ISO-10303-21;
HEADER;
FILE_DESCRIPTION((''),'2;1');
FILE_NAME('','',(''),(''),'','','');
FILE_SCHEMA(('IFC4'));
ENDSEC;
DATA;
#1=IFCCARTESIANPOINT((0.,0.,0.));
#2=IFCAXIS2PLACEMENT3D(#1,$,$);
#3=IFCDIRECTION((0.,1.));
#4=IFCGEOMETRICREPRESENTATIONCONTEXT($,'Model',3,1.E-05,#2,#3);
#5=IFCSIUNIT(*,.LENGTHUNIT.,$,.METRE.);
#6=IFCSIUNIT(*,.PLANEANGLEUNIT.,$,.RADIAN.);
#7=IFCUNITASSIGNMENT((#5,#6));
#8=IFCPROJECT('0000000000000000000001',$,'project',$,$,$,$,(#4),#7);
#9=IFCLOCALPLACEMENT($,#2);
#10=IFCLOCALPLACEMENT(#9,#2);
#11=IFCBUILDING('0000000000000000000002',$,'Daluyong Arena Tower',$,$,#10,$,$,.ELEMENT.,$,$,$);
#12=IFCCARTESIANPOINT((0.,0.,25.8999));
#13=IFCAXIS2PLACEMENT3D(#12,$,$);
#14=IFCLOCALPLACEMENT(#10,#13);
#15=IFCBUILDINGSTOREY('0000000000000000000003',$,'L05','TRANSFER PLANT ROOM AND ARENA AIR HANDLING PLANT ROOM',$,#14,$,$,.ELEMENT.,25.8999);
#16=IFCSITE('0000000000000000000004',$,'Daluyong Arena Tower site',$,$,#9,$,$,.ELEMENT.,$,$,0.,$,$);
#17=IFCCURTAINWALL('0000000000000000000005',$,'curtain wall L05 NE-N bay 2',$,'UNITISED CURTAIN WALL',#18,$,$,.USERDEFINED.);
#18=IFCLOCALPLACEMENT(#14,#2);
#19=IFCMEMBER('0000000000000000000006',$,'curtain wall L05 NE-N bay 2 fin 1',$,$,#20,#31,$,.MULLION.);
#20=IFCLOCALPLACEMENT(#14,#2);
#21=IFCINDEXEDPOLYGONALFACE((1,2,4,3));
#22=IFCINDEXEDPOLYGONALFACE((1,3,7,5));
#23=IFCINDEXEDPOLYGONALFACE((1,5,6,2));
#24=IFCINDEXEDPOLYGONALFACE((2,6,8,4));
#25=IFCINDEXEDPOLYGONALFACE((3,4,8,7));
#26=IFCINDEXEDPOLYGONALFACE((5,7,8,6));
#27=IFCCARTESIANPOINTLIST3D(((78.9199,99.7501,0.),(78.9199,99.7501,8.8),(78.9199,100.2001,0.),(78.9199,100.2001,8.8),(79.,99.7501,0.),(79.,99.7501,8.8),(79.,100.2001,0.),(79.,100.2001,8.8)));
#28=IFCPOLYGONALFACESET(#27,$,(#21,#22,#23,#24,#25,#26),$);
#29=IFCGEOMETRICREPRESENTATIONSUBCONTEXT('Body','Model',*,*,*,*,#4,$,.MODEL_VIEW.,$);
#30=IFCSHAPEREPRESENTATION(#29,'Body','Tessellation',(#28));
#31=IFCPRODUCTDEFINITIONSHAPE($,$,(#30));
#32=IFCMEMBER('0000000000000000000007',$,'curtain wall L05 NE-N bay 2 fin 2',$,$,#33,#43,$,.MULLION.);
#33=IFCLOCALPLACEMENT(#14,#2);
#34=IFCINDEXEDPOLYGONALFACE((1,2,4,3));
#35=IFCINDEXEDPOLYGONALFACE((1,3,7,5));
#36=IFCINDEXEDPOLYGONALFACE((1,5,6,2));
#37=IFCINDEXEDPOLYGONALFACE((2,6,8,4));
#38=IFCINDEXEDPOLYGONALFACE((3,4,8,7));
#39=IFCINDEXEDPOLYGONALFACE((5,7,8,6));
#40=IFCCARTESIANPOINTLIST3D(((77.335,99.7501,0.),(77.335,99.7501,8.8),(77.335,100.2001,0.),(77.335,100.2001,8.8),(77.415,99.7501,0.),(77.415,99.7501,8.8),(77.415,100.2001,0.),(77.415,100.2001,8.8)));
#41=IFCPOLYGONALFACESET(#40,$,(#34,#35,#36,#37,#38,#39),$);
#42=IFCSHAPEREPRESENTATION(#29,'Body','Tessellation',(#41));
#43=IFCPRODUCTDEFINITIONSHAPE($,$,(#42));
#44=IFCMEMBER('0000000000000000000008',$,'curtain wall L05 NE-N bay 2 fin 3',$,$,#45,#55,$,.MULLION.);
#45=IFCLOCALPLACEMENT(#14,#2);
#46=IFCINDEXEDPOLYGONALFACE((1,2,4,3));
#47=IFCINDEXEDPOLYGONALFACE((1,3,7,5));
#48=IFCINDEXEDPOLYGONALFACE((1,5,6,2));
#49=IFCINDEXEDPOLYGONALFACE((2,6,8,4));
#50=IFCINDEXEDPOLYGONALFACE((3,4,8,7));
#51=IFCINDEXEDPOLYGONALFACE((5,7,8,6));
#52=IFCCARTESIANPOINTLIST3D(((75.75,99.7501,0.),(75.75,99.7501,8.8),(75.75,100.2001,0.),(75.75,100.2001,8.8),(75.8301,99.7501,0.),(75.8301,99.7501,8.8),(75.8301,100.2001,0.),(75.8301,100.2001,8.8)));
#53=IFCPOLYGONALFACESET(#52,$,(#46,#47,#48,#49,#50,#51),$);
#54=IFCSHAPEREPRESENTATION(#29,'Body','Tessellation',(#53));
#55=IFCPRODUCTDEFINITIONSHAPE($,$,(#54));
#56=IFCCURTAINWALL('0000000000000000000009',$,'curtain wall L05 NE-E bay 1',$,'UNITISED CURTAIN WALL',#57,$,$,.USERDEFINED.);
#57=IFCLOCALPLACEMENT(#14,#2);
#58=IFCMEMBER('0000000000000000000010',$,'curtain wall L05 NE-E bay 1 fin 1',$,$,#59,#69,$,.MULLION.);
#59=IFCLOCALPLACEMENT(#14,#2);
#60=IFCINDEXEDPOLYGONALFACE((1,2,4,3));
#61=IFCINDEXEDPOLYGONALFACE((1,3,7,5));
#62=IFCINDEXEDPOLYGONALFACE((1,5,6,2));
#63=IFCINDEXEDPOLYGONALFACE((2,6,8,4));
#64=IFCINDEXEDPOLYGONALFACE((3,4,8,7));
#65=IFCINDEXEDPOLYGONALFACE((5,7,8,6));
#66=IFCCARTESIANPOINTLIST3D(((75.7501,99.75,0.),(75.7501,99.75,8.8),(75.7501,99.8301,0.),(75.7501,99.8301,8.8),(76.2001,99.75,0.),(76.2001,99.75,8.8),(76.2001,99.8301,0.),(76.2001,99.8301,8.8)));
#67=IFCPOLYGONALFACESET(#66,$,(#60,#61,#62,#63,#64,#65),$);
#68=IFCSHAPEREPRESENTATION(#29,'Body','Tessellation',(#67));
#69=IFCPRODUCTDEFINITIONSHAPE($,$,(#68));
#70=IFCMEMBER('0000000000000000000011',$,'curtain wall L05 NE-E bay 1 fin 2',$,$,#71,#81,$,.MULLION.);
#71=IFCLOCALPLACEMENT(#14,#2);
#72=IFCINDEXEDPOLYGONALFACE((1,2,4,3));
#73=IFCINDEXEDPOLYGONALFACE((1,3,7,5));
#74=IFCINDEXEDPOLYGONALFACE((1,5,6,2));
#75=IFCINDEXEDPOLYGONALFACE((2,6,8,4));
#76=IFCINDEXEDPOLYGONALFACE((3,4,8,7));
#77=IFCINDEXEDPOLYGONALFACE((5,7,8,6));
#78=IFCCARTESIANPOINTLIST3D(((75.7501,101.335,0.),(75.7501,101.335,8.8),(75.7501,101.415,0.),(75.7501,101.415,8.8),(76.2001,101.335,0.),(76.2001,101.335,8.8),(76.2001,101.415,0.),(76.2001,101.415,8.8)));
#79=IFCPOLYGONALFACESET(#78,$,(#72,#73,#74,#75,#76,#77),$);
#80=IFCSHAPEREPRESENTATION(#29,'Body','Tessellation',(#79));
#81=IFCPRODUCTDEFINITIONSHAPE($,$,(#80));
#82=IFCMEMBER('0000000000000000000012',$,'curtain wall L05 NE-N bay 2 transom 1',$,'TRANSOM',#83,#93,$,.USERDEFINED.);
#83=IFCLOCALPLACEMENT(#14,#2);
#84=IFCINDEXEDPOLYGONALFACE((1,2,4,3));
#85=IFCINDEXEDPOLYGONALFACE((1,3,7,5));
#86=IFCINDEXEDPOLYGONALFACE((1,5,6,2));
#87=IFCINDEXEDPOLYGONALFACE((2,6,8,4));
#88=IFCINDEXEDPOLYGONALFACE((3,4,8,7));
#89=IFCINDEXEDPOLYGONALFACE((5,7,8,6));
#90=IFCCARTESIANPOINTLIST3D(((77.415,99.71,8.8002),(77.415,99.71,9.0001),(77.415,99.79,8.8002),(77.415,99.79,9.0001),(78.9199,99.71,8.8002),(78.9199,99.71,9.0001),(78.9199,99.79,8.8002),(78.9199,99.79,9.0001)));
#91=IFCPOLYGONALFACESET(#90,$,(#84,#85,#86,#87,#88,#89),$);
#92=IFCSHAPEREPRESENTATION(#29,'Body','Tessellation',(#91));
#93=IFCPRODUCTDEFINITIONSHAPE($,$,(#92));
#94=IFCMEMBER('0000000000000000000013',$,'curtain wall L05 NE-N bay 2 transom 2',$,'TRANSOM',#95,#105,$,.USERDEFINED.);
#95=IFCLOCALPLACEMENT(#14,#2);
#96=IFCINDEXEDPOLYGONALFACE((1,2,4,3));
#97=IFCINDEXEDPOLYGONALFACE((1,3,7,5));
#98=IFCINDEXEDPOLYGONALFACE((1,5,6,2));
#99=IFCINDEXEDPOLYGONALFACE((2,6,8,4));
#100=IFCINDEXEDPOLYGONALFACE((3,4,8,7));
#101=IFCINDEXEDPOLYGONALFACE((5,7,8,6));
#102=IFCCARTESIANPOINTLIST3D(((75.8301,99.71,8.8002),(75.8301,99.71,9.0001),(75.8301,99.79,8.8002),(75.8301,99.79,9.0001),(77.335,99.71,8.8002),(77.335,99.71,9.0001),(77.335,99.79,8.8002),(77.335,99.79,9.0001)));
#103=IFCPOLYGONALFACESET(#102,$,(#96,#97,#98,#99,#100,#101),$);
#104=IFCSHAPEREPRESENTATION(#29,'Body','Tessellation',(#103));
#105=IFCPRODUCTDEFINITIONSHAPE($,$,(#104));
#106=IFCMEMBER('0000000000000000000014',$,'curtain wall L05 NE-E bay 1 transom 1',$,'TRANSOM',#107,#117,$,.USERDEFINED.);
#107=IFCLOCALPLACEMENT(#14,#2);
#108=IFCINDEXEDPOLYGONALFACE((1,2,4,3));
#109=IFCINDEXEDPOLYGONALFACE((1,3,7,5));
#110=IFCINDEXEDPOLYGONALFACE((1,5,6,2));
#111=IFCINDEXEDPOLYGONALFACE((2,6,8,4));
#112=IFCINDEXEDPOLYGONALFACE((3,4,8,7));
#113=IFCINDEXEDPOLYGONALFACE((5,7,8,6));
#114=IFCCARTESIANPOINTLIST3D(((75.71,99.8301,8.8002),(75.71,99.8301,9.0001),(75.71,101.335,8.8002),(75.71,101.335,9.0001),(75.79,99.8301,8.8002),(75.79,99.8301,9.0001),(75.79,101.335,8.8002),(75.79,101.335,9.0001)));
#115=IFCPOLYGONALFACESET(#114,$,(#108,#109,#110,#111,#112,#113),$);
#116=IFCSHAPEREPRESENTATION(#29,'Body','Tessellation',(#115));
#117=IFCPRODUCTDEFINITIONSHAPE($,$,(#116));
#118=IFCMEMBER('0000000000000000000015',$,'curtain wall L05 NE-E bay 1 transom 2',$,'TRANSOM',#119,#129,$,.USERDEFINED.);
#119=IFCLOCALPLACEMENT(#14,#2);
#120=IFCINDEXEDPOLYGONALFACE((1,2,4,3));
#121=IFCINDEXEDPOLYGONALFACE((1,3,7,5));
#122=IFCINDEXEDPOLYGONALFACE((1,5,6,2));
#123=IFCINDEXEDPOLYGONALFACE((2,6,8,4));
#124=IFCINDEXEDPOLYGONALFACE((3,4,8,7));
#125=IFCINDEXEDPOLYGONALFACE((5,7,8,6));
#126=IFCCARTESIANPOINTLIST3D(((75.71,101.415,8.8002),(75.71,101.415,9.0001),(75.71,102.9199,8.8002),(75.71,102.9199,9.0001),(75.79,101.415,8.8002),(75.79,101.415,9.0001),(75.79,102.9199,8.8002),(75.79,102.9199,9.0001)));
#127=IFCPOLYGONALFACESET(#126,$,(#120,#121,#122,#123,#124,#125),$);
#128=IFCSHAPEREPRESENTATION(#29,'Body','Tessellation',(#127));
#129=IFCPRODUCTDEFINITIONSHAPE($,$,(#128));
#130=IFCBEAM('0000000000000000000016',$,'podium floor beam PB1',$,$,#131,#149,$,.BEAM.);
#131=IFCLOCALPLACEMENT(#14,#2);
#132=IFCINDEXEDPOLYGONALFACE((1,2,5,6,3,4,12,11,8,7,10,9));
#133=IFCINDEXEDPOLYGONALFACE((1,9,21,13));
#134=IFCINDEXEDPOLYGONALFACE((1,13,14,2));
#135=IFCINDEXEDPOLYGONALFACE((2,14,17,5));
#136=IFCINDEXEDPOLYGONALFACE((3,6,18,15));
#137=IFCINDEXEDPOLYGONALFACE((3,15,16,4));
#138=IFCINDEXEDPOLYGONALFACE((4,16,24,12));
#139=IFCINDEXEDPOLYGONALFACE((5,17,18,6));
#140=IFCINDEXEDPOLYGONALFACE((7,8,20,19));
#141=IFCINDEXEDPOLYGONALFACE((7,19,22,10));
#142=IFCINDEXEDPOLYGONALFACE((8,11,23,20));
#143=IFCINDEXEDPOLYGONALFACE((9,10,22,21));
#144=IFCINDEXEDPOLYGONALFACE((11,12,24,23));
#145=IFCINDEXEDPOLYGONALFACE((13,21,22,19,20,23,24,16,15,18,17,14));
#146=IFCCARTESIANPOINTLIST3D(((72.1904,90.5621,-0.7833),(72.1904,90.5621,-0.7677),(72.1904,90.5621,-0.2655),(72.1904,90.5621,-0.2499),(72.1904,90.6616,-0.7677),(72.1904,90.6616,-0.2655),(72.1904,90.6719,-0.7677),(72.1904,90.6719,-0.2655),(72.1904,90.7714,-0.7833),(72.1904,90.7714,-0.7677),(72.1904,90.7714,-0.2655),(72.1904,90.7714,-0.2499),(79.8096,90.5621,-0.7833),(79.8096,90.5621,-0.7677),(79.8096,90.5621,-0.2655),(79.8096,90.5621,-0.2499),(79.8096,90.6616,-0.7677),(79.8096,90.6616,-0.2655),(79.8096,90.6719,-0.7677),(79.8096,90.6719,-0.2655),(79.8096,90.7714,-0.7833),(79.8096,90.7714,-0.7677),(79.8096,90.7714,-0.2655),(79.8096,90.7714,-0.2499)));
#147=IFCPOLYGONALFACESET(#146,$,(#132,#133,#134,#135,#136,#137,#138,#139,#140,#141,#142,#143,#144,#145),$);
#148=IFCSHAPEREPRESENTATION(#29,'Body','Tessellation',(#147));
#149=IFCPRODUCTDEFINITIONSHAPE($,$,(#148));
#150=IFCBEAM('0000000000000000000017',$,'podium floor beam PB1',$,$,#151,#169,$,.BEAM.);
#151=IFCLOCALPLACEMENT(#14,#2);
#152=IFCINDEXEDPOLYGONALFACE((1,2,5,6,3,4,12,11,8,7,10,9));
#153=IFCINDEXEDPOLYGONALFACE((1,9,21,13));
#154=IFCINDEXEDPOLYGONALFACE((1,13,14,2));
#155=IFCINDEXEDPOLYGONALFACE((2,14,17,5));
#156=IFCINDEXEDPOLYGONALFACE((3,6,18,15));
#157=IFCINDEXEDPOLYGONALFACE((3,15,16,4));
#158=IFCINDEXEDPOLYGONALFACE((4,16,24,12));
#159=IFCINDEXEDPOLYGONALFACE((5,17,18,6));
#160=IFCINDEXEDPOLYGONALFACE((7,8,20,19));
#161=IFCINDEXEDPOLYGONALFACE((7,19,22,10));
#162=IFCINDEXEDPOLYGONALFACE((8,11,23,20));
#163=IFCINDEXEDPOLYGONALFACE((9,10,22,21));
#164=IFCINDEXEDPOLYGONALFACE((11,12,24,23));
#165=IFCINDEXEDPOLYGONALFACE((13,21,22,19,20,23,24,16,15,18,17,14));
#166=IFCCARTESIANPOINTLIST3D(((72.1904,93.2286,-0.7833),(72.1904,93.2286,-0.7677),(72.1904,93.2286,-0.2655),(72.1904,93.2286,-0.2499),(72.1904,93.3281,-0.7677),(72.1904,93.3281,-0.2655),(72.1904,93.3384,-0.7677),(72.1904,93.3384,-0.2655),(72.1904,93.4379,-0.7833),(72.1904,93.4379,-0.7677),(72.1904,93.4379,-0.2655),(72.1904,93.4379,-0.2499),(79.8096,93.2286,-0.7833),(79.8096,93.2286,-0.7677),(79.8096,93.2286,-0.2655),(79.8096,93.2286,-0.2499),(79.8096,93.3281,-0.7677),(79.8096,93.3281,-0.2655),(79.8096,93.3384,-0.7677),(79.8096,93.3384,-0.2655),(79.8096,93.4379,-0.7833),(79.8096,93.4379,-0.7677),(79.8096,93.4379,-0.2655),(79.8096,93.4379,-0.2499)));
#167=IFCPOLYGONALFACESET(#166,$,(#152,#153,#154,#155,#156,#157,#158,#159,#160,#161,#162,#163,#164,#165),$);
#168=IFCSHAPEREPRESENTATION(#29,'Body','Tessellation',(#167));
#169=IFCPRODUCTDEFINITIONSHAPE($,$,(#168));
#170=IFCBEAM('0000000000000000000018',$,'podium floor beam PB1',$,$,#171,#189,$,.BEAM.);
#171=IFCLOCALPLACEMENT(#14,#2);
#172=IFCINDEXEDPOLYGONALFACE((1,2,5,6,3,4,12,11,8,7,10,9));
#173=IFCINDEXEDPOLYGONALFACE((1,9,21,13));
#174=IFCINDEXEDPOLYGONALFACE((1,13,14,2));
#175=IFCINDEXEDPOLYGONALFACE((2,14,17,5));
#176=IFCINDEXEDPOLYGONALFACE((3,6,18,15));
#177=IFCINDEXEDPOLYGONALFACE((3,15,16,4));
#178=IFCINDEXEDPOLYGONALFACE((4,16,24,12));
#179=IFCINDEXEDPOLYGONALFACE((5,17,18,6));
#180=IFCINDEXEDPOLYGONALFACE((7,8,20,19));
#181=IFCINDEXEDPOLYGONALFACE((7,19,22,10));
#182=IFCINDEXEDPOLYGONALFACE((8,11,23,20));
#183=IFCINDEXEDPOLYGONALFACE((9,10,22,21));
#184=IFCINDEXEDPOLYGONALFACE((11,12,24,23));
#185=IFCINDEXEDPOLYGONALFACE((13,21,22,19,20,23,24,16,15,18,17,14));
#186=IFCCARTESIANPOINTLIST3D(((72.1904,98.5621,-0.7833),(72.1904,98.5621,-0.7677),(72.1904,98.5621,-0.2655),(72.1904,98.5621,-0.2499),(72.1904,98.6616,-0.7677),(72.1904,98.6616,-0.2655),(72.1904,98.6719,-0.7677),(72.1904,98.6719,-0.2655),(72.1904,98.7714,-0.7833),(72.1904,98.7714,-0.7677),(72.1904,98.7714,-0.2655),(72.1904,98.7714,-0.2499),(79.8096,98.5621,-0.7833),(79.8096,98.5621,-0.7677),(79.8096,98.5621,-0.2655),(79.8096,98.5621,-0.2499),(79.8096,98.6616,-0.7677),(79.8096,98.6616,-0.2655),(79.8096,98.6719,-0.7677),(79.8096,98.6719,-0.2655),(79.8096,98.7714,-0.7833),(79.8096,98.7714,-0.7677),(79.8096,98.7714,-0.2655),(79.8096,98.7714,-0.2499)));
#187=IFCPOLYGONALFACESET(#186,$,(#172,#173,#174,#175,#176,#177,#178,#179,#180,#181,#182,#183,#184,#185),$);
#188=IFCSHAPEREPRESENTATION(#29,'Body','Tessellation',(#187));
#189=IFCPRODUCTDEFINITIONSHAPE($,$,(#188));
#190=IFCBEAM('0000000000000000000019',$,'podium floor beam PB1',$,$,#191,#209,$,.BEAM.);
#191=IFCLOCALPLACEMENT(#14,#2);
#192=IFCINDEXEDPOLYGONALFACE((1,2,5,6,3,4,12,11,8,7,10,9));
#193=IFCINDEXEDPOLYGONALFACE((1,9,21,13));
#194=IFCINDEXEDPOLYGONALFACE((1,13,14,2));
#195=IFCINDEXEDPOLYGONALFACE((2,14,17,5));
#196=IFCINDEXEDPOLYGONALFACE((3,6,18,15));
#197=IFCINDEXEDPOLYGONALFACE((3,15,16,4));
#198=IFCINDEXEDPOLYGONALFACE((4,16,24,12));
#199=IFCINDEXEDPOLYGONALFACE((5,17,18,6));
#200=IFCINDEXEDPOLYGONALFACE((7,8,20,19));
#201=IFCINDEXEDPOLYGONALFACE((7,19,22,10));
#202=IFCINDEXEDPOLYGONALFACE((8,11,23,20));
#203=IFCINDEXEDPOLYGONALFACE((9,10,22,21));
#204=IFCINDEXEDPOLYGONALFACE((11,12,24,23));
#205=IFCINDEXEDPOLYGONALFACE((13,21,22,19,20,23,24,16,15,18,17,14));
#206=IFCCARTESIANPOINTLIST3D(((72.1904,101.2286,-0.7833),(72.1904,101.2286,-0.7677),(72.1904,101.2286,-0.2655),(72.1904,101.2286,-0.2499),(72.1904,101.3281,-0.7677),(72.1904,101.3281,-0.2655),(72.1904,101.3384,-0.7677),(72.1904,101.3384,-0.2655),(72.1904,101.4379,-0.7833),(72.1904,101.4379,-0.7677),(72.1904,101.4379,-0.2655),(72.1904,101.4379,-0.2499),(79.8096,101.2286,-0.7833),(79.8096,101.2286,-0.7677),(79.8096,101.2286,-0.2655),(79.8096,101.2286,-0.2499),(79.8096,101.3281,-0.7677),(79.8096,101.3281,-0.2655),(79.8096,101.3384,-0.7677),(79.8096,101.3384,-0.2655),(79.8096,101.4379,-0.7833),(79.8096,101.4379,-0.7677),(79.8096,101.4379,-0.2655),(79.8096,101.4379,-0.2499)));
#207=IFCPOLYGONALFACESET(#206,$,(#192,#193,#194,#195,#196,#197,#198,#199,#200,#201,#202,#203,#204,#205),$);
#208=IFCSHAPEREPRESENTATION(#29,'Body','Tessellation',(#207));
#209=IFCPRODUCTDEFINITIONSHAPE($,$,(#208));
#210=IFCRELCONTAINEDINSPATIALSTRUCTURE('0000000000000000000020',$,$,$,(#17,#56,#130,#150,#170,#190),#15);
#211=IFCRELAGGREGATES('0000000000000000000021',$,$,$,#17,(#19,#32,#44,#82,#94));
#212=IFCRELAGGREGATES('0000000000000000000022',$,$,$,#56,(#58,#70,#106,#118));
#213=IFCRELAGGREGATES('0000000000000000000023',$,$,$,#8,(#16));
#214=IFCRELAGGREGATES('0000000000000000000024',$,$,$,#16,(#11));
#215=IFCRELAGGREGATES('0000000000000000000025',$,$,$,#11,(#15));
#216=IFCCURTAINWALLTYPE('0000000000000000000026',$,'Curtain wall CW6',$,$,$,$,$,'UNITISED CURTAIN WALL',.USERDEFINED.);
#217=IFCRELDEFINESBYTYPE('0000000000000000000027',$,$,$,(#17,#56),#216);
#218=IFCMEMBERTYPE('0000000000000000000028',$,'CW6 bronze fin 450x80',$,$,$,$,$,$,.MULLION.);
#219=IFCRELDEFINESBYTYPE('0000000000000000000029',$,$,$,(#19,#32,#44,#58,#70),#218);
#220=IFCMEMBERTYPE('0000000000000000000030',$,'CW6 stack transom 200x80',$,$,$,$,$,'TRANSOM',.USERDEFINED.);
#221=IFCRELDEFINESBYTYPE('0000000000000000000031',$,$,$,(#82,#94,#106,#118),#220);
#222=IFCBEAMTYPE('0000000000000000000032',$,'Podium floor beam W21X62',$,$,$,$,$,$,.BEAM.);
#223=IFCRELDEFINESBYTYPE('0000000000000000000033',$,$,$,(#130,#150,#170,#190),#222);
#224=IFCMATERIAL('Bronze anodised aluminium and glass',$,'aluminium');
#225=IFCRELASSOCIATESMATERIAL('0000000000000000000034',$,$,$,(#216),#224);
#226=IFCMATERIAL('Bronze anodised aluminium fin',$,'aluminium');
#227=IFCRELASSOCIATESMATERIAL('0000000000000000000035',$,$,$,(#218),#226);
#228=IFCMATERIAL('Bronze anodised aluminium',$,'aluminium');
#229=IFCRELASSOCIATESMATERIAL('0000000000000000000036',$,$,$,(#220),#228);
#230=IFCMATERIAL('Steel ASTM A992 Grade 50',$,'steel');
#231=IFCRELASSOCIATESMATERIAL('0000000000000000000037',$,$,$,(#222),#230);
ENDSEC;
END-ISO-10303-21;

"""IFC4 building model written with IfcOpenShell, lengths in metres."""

from ifc_helpers import new_model, si_unit, direction, frame, origin, origin_2d, place, context, subcontext, project, spatial, rectangle, i_section, extrude, material, material_profile, profile_set, type_object, element, aggregate, save


model = new_model("IFC4")

# Units and contexts
model_context = context("Model", 3, precision=1e-05, world=origin(), true_north=direction((0.0, 1.0)))
body_context = subcontext(model_context, "Body", "Model", "MODEL_VIEW")
ifc_project = project(units=[si_unit("LENGTHUNIT", "METRE"), si_unit("PLANEANGLEUNIT", "RADIAN")], contexts=[model_context])

# Site, building, storey
site_placement = place(None, origin())
site = spatial("IfcSite", under=ifc_project, at=site_placement, Name="Daluyong Arena Tower site", CompositionType="ELEMENT", RefElevation=0.0)
building_placement = place(site_placement, origin())
building = spatial("IfcBuilding", under=site, at=building_placement, Name="Daluyong Arena Tower", CompositionType="ELEMENT")
storey_placement = place(building_placement, frame((0.0, 0.0, 25.8999)))
storey = spatial("IfcBuildingStorey", under=building, at=storey_placement, Name="L05", Description="TRANSFER PLANT ROOM AND ARENA AIR HANDLING PLANT ROOM", CompositionType="ELEMENT", Elevation=25.8999)

# Curtain walls, members
ifc_material_1 = material(Name="Bronze anodised aluminium and glass", Category="aluminium")
curtain_wall_type = type_object("IfcCurtainWallType", Name="Curtain wall CW6", ElementType="UNITISED CURTAIN WALL", PredefinedType="USERDEFINED", material=ifc_material_1)
curtain_wall_1_placement = place(storey_placement, origin())
curtain_wall_1 = element("IfcCurtainWall", 1, at=curtain_wall_1_placement, inside=storey, type_object=curtain_wall_type, Name="curtain wall L05 NE-N bay 2", ObjectType="UNITISED CURTAIN WALL", PredefinedType="USERDEFINED")
ifc_material_2 = material(Name="Bronze anodised aluminium fin", Category="aluminium")
ifc_material_profile_1 = material_profile(ifc_material_2, rectangle(XDim=0.45, YDim=0.0801, at=origin_2d()))
ifc_profile_set_1 = profile_set([ifc_material_profile_1], Name="Bronze anodised aluminium fin")
member_type_1 = type_object("IfcMemberType", Name="CW6 bronze fin 450x80", PredefinedType="MULLION", material=ifc_profile_set_1)
member_1_placement = place(storey_placement, frame((78.96, 99.9751, 0.0), z_axis=(0.0, 0.0, 1.0), x_axis=(0.0, -1.0, 0.0)))
member_1 = element("IfcMember", 2, at=member_1_placement, type_object=member_type_1, Name="curtain wall L05 NE-N bay 2 fin 1", PredefinedType="MULLION", context=body_context, shape_type="SweptSolid", body=[
    extrude(rectangle(XDim=0.45, YDim=0.0801, at=origin_2d()), origin(), (0.0, 0.0, 1.0), 8.8),
])
member_2_placement = place(storey_placement, frame((77.375, 99.9751, 0.0), z_axis=(0.0, 0.0, 1.0), x_axis=(0.0, -1.0, 0.0)))
member_2 = element("IfcMember", 3, at=member_2_placement, type_object=member_type_1, Name="curtain wall L05 NE-N bay 2 fin 2", PredefinedType="MULLION", context=body_context, shape_type="SweptSolid", body=[
    extrude(rectangle(XDim=0.45, YDim=0.0801, at=origin_2d()), origin(), (0.0, 0.0, 1.0), 8.8),
])
member_3_placement = place(storey_placement, frame((75.79, 99.9751, 0.0), z_axis=(0.0, 0.0, 1.0), x_axis=(0.0, -1.0, 0.0)))
member_3 = element("IfcMember", 4, at=member_3_placement, type_object=member_type_1, Name="curtain wall L05 NE-N bay 2 fin 3", PredefinedType="MULLION", context=body_context, shape_type="SweptSolid", body=[
    extrude(rectangle(XDim=0.45, YDim=0.0801, at=origin_2d()), origin(), (0.0, 0.0, 1.0), 8.8),
])
curtain_wall_2_placement = place(storey_placement, origin())
curtain_wall_2 = element("IfcCurtainWall", 5, at=curtain_wall_2_placement, inside=storey, type_object=curtain_wall_type, Name="curtain wall L05 NE-E bay 1", ObjectType="UNITISED CURTAIN WALL", PredefinedType="USERDEFINED")
member_4_placement = place(storey_placement, frame((75.9751, 99.79, 0.0), z_axis=(0.0, 0.0, 1.0), x_axis=(-1.0, 0.0, 0.0)))
member_4 = element("IfcMember", 6, at=member_4_placement, type_object=member_type_1, Name="curtain wall L05 NE-E bay 1 fin 1", PredefinedType="MULLION", context=body_context, shape_type="SweptSolid", body=[
    extrude(rectangle(XDim=0.45, YDim=0.0801, at=origin_2d()), origin(), (0.0, 0.0, 1.0), 8.8),
])
member_5_placement = place(storey_placement, frame((75.9751, 101.375, 0.0), z_axis=(0.0, 0.0, 1.0), x_axis=(-1.0, 0.0, 0.0)))
member_5 = element("IfcMember", 7, at=member_5_placement, type_object=member_type_1, Name="curtain wall L05 NE-E bay 1 fin 2", PredefinedType="MULLION", context=body_context, shape_type="SweptSolid", body=[
    extrude(rectangle(XDim=0.45, YDim=0.0801, at=origin_2d()), origin(), (0.0, 0.0, 1.0), 8.8),
])

# Members
ifc_material_3 = material(Name="Bronze anodised aluminium", Category="aluminium")
ifc_material_profile_2 = material_profile(ifc_material_3, rectangle(XDim=0.0801, YDim=0.2, at=origin_2d()))
ifc_profile_set_2 = profile_set([ifc_material_profile_2], Name="Bronze anodised aluminium")
member_type_2 = type_object("IfcMemberType", Name="CW6 stack transom 200x80", ElementType="TRANSOM", PredefinedType="USERDEFINED", material=ifc_profile_set_2)
member_6_placement = place(storey_placement, frame((78.9199, 99.75, 8.9001), z_axis=(-1.0, 0.0, 0.0), x_axis=(0.0, -1.0, 0.0)))
member_6 = element("IfcMember", 8, at=member_6_placement, type_object=member_type_2, Name="curtain wall L05 NE-N bay 2 transom 1", ObjectType="TRANSOM", PredefinedType="USERDEFINED", context=body_context, shape_type="SweptSolid", body=[
    extrude(rectangle(XDim=0.0801, YDim=0.2, at=origin_2d()), origin(), (0.0, 0.0, 1.0), 1.5049),
])
member_7_placement = place(storey_placement, frame((77.335, 99.75, 8.9001), z_axis=(-1.0, 0.0, 0.0), x_axis=(0.0, -1.0, 0.0)))
member_7 = element("IfcMember", 9, at=member_7_placement, type_object=member_type_2, Name="curtain wall L05 NE-N bay 2 transom 2", ObjectType="TRANSOM", PredefinedType="USERDEFINED", context=body_context, shape_type="SweptSolid", body=[
    extrude(rectangle(XDim=0.0801, YDim=0.2, at=origin_2d()), origin(), (0.0, 0.0, 1.0), 1.5049),
])
member_8_placement = place(storey_placement, frame((75.75, 99.8301, 8.9001), z_axis=(0.0, 1.0, 0.0), x_axis=(-1.0, 0.0, 0.0)))
member_8 = element("IfcMember", 10, at=member_8_placement, type_object=member_type_2, Name="curtain wall L05 NE-E bay 1 transom 1", ObjectType="TRANSOM", PredefinedType="USERDEFINED", context=body_context, shape_type="SweptSolid", body=[
    extrude(rectangle(XDim=0.0801, YDim=0.2, at=origin_2d()), origin(), (0.0, 0.0, 1.0), 1.5049),
])
member_9_placement = place(storey_placement, frame((75.75, 101.415, 8.9001), z_axis=(0.0, 1.0, 0.0), x_axis=(-1.0, 0.0, 0.0)))
member_9 = element("IfcMember", 11, at=member_9_placement, type_object=member_type_2, Name="curtain wall L05 NE-E bay 1 transom 2", ObjectType="TRANSOM", PredefinedType="USERDEFINED", context=body_context, shape_type="SweptSolid", body=[
    extrude(rectangle(XDim=0.0801, YDim=0.2, at=origin_2d()), origin(), (0.0, 0.0, 1.0), 1.5049),
])

# Beams
ifc_material_4 = material(Name="Steel ASTM A992 Grade 50", Category="steel")
ifc_material_profile_3 = material_profile(ifc_material_4, i_section(OverallWidth=0.2092, OverallDepth=0.5334, WebThickness=0.0103, FlangeThickness=0.0156, at=origin_2d()))
ifc_profile_set_3 = profile_set([ifc_material_profile_3], Name="Steel ASTM A992 Grade 50")
beam_type_1 = type_object("IfcBeamType", Name="Podium floor beam W21X62", PredefinedType="BEAM", material=ifc_profile_set_3)
for number, where, z_axis, x_axis, name in (
    (12, (72.1904, 90.6667, -0.5166), (1.0, 0.0, 0.0), (0.0, 1.0, 0.0), "podium floor beam PB1"),
    (13, (72.1904, 93.3333, -0.5166), (1.0, 0.0, 0.0), (0.0, 1.0, 0.0), "podium floor beam PB1"),
    (14, (72.1904, 98.6667, -0.5166), (1.0, 0.0, 0.0), (0.0, 1.0, 0.0), "podium floor beam PB1"),
    (15, (72.1904, 101.3333, -0.5166), (1.0, 0.0, 0.0), (0.0, 1.0, 0.0), "podium floor beam PB1"),
):
    element("IfcBeam", number, at=place(storey_placement, frame(where, z_axis=z_axis, x_axis=x_axis)), inside=storey, type_object=beam_type_1, Name=name, PredefinedType="BEAM", context=body_context, shape_type="SweptSolid", body=[
        extrude(i_section(OverallWidth=0.2092, OverallDepth=0.5334, WebThickness=0.0103, FlangeThickness=0.0156, at=origin_2d()), origin(), (0.0, 0.0, 1.0), 7.6191),
    ])

aggregate(curtain_wall_1, [member_1, member_2, member_3, member_6, member_7])
aggregate(curtain_wall_2, [member_4, member_5, member_8, member_9])

save(model, "model.ifc")
